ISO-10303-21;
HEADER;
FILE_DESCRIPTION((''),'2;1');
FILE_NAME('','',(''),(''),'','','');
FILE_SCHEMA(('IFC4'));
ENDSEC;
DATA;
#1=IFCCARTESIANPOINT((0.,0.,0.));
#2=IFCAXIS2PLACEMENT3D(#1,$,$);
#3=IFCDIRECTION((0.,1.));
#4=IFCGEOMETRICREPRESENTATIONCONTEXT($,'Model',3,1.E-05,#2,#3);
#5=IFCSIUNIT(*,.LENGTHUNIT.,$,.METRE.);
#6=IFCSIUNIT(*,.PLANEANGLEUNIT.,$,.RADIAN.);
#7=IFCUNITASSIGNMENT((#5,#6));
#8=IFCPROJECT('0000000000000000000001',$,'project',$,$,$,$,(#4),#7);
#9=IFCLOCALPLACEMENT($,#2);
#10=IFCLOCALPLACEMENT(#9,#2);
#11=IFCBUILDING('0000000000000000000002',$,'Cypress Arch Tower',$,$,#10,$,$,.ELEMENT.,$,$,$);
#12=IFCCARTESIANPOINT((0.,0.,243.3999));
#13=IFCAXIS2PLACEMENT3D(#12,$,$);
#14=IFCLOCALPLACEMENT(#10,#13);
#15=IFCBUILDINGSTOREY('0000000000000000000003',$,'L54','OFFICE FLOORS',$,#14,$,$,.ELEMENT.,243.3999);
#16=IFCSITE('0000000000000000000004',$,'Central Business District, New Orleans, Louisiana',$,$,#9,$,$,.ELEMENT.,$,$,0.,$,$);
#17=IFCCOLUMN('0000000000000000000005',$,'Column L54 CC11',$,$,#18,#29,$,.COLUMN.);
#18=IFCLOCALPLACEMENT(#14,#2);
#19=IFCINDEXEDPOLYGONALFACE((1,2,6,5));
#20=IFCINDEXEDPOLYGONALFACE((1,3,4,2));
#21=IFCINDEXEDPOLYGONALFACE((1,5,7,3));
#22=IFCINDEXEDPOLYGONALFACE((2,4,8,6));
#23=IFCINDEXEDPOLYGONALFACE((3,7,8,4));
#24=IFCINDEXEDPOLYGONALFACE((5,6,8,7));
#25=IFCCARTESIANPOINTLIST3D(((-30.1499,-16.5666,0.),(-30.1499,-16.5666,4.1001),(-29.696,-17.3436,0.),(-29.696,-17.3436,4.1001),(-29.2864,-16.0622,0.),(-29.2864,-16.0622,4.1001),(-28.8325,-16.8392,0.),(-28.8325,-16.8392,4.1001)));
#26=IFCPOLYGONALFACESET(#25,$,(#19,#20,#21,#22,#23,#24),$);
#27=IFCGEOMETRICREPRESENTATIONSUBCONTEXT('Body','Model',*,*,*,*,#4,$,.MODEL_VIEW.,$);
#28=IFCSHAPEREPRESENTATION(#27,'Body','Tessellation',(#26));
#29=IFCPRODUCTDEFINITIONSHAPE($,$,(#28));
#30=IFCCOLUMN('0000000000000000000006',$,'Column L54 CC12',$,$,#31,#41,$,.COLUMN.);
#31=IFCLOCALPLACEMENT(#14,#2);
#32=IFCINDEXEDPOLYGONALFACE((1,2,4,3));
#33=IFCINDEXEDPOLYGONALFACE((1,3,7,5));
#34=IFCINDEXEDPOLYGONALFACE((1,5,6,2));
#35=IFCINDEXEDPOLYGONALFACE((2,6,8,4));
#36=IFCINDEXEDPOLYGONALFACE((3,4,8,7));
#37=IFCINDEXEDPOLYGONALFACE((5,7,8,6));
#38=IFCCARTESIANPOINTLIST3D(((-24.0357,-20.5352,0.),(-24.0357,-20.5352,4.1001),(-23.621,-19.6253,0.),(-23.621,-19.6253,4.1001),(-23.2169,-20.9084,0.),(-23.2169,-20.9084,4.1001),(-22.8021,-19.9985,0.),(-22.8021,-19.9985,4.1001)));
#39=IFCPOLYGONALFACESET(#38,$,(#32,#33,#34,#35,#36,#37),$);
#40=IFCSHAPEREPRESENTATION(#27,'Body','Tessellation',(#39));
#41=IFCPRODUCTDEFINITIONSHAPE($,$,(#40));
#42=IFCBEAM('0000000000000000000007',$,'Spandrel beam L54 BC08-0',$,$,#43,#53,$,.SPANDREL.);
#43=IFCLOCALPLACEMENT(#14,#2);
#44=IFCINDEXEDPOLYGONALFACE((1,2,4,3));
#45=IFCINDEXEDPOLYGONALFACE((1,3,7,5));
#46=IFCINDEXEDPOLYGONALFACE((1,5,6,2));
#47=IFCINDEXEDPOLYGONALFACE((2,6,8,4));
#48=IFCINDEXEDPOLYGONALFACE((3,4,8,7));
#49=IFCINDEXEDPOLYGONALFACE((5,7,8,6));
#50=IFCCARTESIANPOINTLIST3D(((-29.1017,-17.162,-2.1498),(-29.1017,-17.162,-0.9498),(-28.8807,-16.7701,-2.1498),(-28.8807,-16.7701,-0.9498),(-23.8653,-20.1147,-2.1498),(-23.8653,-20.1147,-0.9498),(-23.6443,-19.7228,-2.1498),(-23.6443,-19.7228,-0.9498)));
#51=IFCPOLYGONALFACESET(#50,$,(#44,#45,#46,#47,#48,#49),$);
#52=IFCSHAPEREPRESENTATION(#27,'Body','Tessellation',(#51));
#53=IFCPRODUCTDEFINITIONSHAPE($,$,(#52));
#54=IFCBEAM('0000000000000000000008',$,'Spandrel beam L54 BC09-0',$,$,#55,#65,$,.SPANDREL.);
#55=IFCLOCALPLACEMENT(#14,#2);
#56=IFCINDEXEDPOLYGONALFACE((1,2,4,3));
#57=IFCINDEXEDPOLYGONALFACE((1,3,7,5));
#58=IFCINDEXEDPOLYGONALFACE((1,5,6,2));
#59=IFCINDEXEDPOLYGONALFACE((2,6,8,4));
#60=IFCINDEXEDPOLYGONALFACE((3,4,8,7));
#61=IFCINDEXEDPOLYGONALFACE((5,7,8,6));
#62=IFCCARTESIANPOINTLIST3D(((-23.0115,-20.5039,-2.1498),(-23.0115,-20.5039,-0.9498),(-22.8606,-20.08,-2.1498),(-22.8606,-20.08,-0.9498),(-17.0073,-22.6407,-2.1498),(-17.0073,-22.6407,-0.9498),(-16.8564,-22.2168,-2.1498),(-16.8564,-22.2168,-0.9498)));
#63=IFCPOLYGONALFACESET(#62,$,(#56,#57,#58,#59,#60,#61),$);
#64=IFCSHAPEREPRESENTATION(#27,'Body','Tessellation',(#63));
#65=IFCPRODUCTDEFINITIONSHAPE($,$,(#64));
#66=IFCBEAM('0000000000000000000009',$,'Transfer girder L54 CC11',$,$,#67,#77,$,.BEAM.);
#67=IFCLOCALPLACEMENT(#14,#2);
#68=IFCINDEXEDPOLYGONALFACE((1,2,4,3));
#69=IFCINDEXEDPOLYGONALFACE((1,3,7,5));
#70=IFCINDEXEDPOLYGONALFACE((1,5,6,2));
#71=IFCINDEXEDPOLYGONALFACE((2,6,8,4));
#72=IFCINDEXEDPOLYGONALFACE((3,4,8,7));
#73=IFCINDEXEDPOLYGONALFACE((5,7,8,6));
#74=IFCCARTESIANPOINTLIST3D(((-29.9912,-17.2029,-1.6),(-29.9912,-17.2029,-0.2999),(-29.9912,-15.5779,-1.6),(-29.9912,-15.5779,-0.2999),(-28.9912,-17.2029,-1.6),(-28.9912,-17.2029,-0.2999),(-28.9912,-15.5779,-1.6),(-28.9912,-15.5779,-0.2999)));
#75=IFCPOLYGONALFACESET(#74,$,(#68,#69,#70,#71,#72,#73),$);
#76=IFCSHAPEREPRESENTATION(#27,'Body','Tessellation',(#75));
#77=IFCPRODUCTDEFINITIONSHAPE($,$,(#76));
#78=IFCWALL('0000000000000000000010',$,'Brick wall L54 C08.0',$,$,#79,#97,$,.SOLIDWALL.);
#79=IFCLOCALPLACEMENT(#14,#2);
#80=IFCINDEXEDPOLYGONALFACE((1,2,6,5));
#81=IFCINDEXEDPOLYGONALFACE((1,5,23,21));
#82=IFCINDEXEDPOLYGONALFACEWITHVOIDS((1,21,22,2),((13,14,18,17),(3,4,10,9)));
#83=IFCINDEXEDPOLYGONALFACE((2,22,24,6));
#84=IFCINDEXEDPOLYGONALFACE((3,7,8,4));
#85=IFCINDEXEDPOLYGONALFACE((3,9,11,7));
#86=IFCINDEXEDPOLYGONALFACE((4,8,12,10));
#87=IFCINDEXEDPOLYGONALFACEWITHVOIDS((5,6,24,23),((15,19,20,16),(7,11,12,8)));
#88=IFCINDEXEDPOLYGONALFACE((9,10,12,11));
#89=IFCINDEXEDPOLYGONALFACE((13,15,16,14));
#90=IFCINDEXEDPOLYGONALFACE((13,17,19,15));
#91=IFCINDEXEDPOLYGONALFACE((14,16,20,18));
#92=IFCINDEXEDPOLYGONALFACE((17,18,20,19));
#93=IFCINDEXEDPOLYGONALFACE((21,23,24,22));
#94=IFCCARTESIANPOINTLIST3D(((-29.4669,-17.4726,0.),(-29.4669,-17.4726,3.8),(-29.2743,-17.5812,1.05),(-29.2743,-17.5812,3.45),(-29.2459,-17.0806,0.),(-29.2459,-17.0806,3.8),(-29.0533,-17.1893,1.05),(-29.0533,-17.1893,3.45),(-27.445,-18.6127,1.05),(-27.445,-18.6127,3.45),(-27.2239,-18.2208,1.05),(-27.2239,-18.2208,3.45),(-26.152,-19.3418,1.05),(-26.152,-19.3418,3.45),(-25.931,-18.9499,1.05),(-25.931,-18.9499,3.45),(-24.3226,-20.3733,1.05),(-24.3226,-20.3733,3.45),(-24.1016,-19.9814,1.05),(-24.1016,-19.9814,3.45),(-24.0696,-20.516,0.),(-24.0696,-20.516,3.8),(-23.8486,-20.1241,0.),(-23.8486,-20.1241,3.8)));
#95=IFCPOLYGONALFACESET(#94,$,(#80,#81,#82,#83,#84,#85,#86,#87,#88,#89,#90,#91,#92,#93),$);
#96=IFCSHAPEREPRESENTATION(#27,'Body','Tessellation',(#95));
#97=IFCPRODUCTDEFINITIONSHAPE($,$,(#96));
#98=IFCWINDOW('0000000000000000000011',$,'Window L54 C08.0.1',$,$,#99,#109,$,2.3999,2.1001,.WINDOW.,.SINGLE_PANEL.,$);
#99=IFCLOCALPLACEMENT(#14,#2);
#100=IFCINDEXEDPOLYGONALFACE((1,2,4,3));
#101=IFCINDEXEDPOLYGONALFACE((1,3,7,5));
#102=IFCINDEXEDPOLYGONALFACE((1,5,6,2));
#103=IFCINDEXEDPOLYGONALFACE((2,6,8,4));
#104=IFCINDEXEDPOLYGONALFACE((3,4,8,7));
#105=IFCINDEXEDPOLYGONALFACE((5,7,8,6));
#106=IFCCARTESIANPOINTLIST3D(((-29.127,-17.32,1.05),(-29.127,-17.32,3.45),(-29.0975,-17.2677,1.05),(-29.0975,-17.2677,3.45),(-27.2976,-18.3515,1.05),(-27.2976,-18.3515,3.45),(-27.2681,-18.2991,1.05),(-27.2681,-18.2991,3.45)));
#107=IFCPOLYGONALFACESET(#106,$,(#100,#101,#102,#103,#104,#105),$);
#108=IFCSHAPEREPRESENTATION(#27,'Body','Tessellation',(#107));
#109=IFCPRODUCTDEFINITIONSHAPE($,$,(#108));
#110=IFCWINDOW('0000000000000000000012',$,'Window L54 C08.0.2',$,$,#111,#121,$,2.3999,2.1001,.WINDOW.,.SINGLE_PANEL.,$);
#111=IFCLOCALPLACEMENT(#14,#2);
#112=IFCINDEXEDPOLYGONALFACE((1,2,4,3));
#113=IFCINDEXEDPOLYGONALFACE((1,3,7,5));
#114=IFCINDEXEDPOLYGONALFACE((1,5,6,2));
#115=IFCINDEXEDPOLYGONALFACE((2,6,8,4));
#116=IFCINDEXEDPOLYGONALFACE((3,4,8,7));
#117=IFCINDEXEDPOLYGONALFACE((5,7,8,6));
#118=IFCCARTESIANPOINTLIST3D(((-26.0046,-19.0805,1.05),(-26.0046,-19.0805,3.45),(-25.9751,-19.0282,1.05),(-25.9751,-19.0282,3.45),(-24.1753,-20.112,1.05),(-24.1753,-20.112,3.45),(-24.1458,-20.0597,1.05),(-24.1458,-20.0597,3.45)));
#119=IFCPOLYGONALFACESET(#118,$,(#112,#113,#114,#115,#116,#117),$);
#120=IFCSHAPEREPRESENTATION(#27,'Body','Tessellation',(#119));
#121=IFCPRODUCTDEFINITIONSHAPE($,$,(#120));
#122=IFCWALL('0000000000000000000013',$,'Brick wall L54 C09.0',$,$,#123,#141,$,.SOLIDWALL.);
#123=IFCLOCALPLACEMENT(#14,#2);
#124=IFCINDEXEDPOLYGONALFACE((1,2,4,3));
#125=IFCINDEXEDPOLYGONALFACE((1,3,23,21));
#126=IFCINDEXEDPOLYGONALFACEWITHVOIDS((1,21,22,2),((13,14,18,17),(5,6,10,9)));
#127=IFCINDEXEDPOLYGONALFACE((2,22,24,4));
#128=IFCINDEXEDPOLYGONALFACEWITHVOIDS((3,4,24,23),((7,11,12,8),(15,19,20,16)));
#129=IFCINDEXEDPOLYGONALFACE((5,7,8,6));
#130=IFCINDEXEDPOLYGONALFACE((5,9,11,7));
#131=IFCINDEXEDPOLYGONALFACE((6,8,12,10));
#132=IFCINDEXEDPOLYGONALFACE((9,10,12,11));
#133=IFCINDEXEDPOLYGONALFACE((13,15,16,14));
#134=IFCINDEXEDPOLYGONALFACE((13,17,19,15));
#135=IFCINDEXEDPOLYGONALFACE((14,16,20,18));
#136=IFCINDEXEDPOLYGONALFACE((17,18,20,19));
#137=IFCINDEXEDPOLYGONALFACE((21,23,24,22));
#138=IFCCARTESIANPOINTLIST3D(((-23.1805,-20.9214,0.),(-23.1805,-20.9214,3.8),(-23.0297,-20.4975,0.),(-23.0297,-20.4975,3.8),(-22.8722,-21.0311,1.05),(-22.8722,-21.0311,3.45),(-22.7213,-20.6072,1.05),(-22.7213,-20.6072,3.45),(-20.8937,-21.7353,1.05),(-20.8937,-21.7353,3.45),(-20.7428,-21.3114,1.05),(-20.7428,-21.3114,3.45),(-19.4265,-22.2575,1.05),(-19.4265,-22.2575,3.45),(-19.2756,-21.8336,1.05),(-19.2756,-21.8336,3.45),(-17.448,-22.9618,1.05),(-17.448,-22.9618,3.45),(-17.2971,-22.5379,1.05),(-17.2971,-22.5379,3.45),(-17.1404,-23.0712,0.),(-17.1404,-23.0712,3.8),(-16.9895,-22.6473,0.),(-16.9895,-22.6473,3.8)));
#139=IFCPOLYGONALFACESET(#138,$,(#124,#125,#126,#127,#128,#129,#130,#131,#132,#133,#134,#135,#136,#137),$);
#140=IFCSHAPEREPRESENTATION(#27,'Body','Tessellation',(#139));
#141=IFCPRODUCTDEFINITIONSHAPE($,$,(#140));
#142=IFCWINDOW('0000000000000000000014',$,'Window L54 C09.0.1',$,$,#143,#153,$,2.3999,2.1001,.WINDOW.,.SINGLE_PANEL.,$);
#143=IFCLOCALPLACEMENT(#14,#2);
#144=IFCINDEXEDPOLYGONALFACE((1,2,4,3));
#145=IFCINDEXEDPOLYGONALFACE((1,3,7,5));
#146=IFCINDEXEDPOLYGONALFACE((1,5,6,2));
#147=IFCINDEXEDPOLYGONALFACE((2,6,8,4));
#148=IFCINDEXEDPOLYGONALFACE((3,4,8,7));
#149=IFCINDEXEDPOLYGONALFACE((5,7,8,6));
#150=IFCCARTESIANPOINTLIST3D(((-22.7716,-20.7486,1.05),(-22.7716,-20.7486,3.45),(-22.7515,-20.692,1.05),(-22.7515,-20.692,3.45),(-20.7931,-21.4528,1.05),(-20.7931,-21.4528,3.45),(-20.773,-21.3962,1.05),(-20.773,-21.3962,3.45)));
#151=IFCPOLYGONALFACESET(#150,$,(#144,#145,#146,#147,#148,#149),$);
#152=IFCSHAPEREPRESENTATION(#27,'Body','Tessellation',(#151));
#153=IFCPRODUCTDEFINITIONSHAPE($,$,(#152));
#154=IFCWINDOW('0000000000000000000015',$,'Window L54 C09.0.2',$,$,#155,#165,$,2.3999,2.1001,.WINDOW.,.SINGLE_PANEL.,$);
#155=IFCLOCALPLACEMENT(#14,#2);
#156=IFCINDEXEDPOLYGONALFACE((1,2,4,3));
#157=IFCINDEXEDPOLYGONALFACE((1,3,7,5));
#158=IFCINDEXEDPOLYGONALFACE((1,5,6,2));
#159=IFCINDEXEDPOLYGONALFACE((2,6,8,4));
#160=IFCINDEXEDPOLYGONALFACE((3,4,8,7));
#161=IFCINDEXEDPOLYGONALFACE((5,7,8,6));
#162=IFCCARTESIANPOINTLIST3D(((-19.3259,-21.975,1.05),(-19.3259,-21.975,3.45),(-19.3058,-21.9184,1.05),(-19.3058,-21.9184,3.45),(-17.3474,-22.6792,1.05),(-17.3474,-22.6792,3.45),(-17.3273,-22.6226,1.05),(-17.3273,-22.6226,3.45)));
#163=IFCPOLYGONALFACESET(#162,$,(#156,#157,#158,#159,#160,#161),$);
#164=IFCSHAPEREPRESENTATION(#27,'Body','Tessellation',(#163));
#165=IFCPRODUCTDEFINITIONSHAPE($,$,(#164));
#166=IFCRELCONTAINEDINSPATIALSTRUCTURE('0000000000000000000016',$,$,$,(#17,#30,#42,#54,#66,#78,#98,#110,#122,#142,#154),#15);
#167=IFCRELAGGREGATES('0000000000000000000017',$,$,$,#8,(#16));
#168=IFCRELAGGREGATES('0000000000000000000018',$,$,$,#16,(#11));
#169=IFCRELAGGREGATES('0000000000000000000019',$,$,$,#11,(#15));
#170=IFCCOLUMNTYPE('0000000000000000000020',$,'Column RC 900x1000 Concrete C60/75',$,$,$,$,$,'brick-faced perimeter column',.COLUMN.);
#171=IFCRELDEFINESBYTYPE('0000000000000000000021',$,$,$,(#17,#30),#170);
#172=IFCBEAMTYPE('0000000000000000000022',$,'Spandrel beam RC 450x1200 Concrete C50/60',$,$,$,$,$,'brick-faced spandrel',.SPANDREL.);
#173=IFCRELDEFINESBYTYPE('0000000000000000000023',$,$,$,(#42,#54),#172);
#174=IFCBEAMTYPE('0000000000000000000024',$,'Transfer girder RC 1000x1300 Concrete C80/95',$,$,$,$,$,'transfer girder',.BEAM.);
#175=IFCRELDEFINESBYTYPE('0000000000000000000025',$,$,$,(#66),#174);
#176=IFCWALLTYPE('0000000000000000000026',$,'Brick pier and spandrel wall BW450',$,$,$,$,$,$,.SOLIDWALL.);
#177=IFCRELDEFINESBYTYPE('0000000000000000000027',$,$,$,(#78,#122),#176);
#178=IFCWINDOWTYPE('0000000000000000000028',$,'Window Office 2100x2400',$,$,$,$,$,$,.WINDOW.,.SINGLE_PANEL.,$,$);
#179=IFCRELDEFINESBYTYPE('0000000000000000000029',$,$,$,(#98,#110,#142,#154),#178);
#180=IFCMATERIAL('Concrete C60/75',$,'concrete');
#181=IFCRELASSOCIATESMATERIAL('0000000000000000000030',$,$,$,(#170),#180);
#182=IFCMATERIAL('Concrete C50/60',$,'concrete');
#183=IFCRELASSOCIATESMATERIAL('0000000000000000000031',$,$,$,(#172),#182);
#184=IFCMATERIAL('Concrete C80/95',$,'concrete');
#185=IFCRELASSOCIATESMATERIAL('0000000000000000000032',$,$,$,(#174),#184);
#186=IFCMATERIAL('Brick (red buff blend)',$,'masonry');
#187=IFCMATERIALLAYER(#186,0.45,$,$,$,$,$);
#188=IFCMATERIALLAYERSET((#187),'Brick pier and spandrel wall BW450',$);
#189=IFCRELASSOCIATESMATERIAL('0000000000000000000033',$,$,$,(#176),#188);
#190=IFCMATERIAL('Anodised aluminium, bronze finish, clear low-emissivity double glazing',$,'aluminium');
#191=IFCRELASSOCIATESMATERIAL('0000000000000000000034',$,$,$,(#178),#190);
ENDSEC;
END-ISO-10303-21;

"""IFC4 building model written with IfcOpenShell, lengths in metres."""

from ifc_helpers import new_model, si_unit, direction, frame, frame_2d, origin, origin_2d, place, context, subcontext, project, spatial, rectangle, extrude, material, layer, layer_set, material_profile, profile_set, type_object, element, fill, save


model = new_model("IFC4")

# Units and contexts
model_context = context("Model", 3, precision=1e-05, world=origin(), true_north=direction((0.0, 1.0)))
body_context = subcontext(model_context, "Body", "Model", "MODEL_VIEW")
ifc_project = project(units=[si_unit("LENGTHUNIT", "METRE"), si_unit("PLANEANGLEUNIT", "RADIAN")], contexts=[model_context])

# Site, building, storey
site_placement = place(None, origin())
site = spatial("IfcSite", under=ifc_project, at=site_placement, Name="Central Business District, New Orleans, Louisiana", CompositionType="ELEMENT", RefElevation=0.0)
building_placement = place(site_placement, origin())
building = spatial("IfcBuilding", under=site, at=building_placement, Name="Cypress Arch Tower", CompositionType="ELEMENT")
storey_placement = place(building_placement, frame((0.0, 0.0, 243.3999)))
storey = spatial("IfcBuildingStorey", under=building, at=storey_placement, Name="L54", Description="OFFICE FLOORS", CompositionType="ELEMENT", Elevation=243.3999)

# Columns
ifc_material_1 = material(Name="Concrete C60/75", Category="concrete")
ifc_material_profile_1 = material_profile(ifc_material_1, rectangle(XDim=0.8999, YDim=1.0, at=origin_2d()), Name="RC 900x1000")
ifc_profile_set_1 = profile_set([ifc_material_profile_1], Name="Concrete C60/75")
column_type = type_object("IfcColumnType", Name="Column RC 900x1000 Concrete C60/75", ElementType="brick-faced perimeter column", PredefinedType="COLUMN", material=ifc_profile_set_1)
for number, where, z_axis, x_axis, name in (
    (1, (-29.4912, -16.7029, 0.0), (0.0, 0.0, 1.0), (0.504399, -0.863471, 0.0), "Column L54 CC11"),
    (2, (-23.4189, -20.2668, 0.0), (0.0, 0.0, 1.0), (0.909932, -0.414757, 0.0), "Column L54 CC12"),
):
    element("IfcColumn", number, at=place(storey_placement, frame(where, z_axis=z_axis, x_axis=x_axis)), inside=storey, type_object=column_type, Name=name, PredefinedType="COLUMN", context=body_context, shape_type="SweptSolid", body=[
        extrude(rectangle(XDim=0.8999, YDim=1.0, at=origin_2d()), origin(), (0.0, 0.0, 1.0), 4.1001),
    ])

# Beams
ifc_material_2 = material(Name="Concrete C50/60", Category="concrete")
ifc_material_profile_2 = material_profile(ifc_material_2, rectangle(XDim=0.45, YDim=1.2, at=origin_2d()), Name="RC 450x1200")
ifc_profile_set_2 = profile_set([ifc_material_profile_2], Name="Concrete C50/60")
beam_type_1 = type_object("IfcBeamType", Name="Spandrel beam RC 450x1200 Concrete C50/60", ElementType="brick-faced spandrel", PredefinedType="SPANDREL", material=ifc_profile_set_2)
beam_1_placement = place(storey_placement, frame((-28.9912, -16.9661, -1.5498), z_axis=(0.871063, -0.491171, 0.0), x_axis=(0.491171, 0.871063, 0.0)))
element("IfcBeam", 3, at=beam_1_placement, inside=storey, type_object=beam_type_1, Name="Spandrel beam L54 BC08-0", PredefinedType="SPANDREL", context=body_context, shape_type="SweptSolid", body=[
    extrude(rectangle(XDim=0.45, YDim=1.2, at=origin_2d()), origin(), (0.0, 0.0, 1.0), 6.0115),
])
beam_2_placement = place(storey_placement, frame((-22.936, -20.292, -1.5498), z_axis=(0.94212, -0.335276, 0.0), x_axis=(0.335276, 0.94212, 0.0)))
element("IfcBeam", 4, at=beam_2_placement, inside=storey, type_object=beam_type_1, Name="Spandrel beam L54 BC09-0", PredefinedType="SPANDREL", context=body_context, shape_type="SweptSolid", body=[
    extrude(rectangle(XDim=0.45, YDim=1.2, at=origin_2d()), origin(), (0.0, 0.0, 1.0), 6.373),
])
ifc_material_3 = material(Name="Concrete C80/95", Category="concrete")
ifc_material_profile_3 = material_profile(ifc_material_3, rectangle(XDim=1.0, YDim=1.3, at=origin_2d()), Name="RC 1000x1300")
ifc_profile_set_3 = profile_set([ifc_material_profile_3], Name="Concrete C80/95")
beam_type_2 = type_object("IfcBeamType", Name="Transfer girder RC 1000x1300 Concrete C80/95", ElementType="transfer girder", PredefinedType="BEAM", material=ifc_profile_set_3)
beam_3_placement = place(storey_placement, frame((-29.4912, -17.2029, -0.95), z_axis=(0.0, 1.0, 0.0), x_axis=(-1.0, 0.0, 0.0)))
element("IfcBeam", 5, at=beam_3_placement, inside=storey, type_object=beam_type_2, Name="Transfer girder L54 CC11", PredefinedType="BEAM", context=body_context, shape_type="SweptSolid", body=[
    extrude(rectangle(XDim=1.0, YDim=1.3, at=origin_2d()), origin(), (0.0, 0.0, 1.0), 1.625),
])

# Walls, openings, windows
ifc_material_4 = material(Name="Brick (red buff blend)", Category="masonry")
ifc_layer_1 = layer(ifc_material_4, 0.45)
ifc_layer_set_1 = layer_set([ifc_layer_1], Name="Brick pier and spandrel wall BW450")
wall_type_1 = type_object("IfcWallType", Name="Brick pier and spandrel wall BW450", PredefinedType="SOLIDWALL", material=ifc_layer_set_1)
wall_1_placement = place(storey_placement, frame((-29.3564, -17.2766, 0.0), z_axis=(0.0, 0.0, 1.0), x_axis=(0.871066, -0.491166, 0.0)))
wall_1 = element("IfcWall", 6, at=wall_1_placement, inside=storey, type_object=wall_type_1, Name="Brick wall L54 C08.0", PredefinedType="SOLIDWALL", context=body_context, shape_type="SweptSolid", body=[
    extrude(rectangle(XDim=6.1963, YDim=0.45, at=frame_2d((3.0981, 0.0))), origin(), (0.0, 0.0, 1.0), 3.8),
])
opening_1_placement = place(wall_1_placement, frame((0.2212, 0.0, 1.05)))
opening_1 = element("IfcOpeningElement", 7, at=opening_1_placement, cuts=wall_1, PredefinedType="OPENING", context=body_context, shape_type="SweptSolid", body=[
    extrude(rectangle(XDim=2.1001, YDim=2.3999, at=frame_2d((1.05, 1.2))), frame((0.0, 0.2349, 0.0), z_axis=(0.0, -1.0, 0.0), x_axis=(1.0, 0.0, 0.0)), (0.0, 0.0, 1.0), 0.47),
])
opening_2_placement = place(wall_1_placement, frame((3.8057, 0.0, 1.05)))
opening_2 = element("IfcOpeningElement", 8, at=opening_2_placement, cuts=wall_1, PredefinedType="OPENING", context=body_context, shape_type="SweptSolid", body=[
    extrude(rectangle(XDim=2.1001, YDim=2.3999, at=frame_2d((1.05, 1.2))), frame((0.0, 0.2349, 0.0), z_axis=(0.0, -1.0, 0.0), x_axis=(1.0, 0.0, 0.0)), (0.0, 0.0, 1.0), 0.47),
])
ifc_material_5 = material(Name="Anodised aluminium, bronze finish, clear low-emissivity double glazing", Category="aluminium")
window_type = type_object("IfcWindowType", Name="Window Office 2100x2400", PartitioningType="SINGLE_PANEL", PredefinedType="WINDOW", material=ifc_material_5)
window_1_placement = place(opening_1_placement, origin())
window_1 = element("IfcWindow", 9, at=window_1_placement, inside=storey, type_object=window_type, Name="Window L54 C08.0.1", OverallHeight=2.3999, OverallWidth=2.1001, PartitioningType="SINGLE_PANEL", PredefinedType="WINDOW", context=body_context, shape_type="SweptSolid", body=[
    extrude(rectangle(XDim=2.1001, YDim=2.3999, at=frame_2d((1.05, 1.2))), frame((0.0, 0.135, 0.0), z_axis=(0.0, -1.0, 0.0), x_axis=(1.0, 0.0, 0.0)), (0.0, 0.0, 1.0), 0.0601),
])
fill(opening_1, window_1)
window_2_placement = place(opening_2_placement, origin())
window_2 = element("IfcWindow", 10, at=window_2_placement, inside=storey, type_object=window_type, Name="Window L54 C08.0.2", OverallHeight=2.3999, OverallWidth=2.1001, PartitioningType="SINGLE_PANEL", PredefinedType="WINDOW", context=body_context, shape_type="SweptSolid", body=[
    extrude(rectangle(XDim=2.1001, YDim=2.3999, at=frame_2d((1.05, 1.2))), frame((0.0, 0.135, 0.0), z_axis=(0.0, -1.0, 0.0), x_axis=(1.0, 0.0, 0.0)), (0.0, 0.0, 1.0), 0.0601),
])
fill(opening_2, window_2)
wall_2_placement = place(storey_placement, frame((-23.105, -20.7095, 0.0), z_axis=(0.0, 0.0, 1.0), x_axis=(0.942104, -0.335321, 0.0)))
wall_2 = element("IfcWall", 11, at=wall_2_placement, inside=storey, type_object=wall_type_1, Name="Brick wall L54 C09.0", PredefinedType="SOLIDWALL", context=body_context, shape_type="SweptSolid", body=[
    extrude(rectangle(XDim=6.4114, YDim=0.45, at=frame_2d((3.2056, 0.0))), origin(), (0.0, 0.0, 1.0), 3.8),
])
opening_3_placement = place(wall_2_placement, frame((0.3271, 0.0, 1.05)))
opening_3 = element("IfcOpeningElement", 12, at=opening_3_placement, cuts=wall_2, PredefinedType="OPENING", context=body_context, shape_type="SweptSolid", body=[
    extrude(rectangle(XDim=2.1001, YDim=2.3999, at=frame_2d((1.05, 1.2))), frame((0.0, 0.2349, 0.0), z_axis=(0.0, -1.0, 0.0), x_axis=(1.0, 0.0, 0.0)), (0.0, 0.0, 1.0), 0.47),
])
opening_4_placement = place(wall_2_placement, frame((3.9846, 0.0, 1.05)))
opening_4 = element("IfcOpeningElement", 13, at=opening_4_placement, cuts=wall_2, PredefinedType="OPENING", context=body_context, shape_type="SweptSolid", body=[
    extrude(rectangle(XDim=2.1001, YDim=2.3999, at=frame_2d((1.05, 1.2))), frame((0.0, 0.2349, 0.0), z_axis=(0.0, -1.0, 0.0), x_axis=(1.0, 0.0, 0.0)), (0.0, 0.0, 1.0), 0.47),
])
window_3_placement = place(opening_3_placement, origin())
window_3 = element("IfcWindow", 14, at=window_3_placement, inside=storey, type_object=window_type, Name="Window L54 C09.0.1", OverallHeight=2.3999, OverallWidth=2.1001, PartitioningType="SINGLE_PANEL", PredefinedType="WINDOW", context=body_context, shape_type="SweptSolid", body=[
    extrude(rectangle(XDim=2.1001, YDim=2.3999, at=frame_2d((1.05, 1.2))), frame((0.0, 0.135, 0.0), z_axis=(0.0, -1.0, 0.0), x_axis=(1.0, 0.0, 0.0)), (0.0, 0.0, 1.0), 0.0601),
])
fill(opening_3, window_3)
window_4_placement = place(opening_4_placement, origin())
window_4 = element("IfcWindow", 15, at=window_4_placement, inside=storey, type_object=window_type, Name="Window L54 C09.0.2", OverallHeight=2.3999, OverallWidth=2.1001, PartitioningType="SINGLE_PANEL", PredefinedType="WINDOW", context=body_context, shape_type="SweptSolid", body=[
    extrude(rectangle(XDim=2.1001, YDim=2.3999, at=frame_2d((1.05, 1.2))), frame((0.0, 0.135, 0.0), z_axis=(0.0, -1.0, 0.0), x_axis=(1.0, 0.0, 0.0)), (0.0, 0.0, 1.0), 0.0601),
])
fill(opening_4, window_4)

save(model, "model.ifc")
